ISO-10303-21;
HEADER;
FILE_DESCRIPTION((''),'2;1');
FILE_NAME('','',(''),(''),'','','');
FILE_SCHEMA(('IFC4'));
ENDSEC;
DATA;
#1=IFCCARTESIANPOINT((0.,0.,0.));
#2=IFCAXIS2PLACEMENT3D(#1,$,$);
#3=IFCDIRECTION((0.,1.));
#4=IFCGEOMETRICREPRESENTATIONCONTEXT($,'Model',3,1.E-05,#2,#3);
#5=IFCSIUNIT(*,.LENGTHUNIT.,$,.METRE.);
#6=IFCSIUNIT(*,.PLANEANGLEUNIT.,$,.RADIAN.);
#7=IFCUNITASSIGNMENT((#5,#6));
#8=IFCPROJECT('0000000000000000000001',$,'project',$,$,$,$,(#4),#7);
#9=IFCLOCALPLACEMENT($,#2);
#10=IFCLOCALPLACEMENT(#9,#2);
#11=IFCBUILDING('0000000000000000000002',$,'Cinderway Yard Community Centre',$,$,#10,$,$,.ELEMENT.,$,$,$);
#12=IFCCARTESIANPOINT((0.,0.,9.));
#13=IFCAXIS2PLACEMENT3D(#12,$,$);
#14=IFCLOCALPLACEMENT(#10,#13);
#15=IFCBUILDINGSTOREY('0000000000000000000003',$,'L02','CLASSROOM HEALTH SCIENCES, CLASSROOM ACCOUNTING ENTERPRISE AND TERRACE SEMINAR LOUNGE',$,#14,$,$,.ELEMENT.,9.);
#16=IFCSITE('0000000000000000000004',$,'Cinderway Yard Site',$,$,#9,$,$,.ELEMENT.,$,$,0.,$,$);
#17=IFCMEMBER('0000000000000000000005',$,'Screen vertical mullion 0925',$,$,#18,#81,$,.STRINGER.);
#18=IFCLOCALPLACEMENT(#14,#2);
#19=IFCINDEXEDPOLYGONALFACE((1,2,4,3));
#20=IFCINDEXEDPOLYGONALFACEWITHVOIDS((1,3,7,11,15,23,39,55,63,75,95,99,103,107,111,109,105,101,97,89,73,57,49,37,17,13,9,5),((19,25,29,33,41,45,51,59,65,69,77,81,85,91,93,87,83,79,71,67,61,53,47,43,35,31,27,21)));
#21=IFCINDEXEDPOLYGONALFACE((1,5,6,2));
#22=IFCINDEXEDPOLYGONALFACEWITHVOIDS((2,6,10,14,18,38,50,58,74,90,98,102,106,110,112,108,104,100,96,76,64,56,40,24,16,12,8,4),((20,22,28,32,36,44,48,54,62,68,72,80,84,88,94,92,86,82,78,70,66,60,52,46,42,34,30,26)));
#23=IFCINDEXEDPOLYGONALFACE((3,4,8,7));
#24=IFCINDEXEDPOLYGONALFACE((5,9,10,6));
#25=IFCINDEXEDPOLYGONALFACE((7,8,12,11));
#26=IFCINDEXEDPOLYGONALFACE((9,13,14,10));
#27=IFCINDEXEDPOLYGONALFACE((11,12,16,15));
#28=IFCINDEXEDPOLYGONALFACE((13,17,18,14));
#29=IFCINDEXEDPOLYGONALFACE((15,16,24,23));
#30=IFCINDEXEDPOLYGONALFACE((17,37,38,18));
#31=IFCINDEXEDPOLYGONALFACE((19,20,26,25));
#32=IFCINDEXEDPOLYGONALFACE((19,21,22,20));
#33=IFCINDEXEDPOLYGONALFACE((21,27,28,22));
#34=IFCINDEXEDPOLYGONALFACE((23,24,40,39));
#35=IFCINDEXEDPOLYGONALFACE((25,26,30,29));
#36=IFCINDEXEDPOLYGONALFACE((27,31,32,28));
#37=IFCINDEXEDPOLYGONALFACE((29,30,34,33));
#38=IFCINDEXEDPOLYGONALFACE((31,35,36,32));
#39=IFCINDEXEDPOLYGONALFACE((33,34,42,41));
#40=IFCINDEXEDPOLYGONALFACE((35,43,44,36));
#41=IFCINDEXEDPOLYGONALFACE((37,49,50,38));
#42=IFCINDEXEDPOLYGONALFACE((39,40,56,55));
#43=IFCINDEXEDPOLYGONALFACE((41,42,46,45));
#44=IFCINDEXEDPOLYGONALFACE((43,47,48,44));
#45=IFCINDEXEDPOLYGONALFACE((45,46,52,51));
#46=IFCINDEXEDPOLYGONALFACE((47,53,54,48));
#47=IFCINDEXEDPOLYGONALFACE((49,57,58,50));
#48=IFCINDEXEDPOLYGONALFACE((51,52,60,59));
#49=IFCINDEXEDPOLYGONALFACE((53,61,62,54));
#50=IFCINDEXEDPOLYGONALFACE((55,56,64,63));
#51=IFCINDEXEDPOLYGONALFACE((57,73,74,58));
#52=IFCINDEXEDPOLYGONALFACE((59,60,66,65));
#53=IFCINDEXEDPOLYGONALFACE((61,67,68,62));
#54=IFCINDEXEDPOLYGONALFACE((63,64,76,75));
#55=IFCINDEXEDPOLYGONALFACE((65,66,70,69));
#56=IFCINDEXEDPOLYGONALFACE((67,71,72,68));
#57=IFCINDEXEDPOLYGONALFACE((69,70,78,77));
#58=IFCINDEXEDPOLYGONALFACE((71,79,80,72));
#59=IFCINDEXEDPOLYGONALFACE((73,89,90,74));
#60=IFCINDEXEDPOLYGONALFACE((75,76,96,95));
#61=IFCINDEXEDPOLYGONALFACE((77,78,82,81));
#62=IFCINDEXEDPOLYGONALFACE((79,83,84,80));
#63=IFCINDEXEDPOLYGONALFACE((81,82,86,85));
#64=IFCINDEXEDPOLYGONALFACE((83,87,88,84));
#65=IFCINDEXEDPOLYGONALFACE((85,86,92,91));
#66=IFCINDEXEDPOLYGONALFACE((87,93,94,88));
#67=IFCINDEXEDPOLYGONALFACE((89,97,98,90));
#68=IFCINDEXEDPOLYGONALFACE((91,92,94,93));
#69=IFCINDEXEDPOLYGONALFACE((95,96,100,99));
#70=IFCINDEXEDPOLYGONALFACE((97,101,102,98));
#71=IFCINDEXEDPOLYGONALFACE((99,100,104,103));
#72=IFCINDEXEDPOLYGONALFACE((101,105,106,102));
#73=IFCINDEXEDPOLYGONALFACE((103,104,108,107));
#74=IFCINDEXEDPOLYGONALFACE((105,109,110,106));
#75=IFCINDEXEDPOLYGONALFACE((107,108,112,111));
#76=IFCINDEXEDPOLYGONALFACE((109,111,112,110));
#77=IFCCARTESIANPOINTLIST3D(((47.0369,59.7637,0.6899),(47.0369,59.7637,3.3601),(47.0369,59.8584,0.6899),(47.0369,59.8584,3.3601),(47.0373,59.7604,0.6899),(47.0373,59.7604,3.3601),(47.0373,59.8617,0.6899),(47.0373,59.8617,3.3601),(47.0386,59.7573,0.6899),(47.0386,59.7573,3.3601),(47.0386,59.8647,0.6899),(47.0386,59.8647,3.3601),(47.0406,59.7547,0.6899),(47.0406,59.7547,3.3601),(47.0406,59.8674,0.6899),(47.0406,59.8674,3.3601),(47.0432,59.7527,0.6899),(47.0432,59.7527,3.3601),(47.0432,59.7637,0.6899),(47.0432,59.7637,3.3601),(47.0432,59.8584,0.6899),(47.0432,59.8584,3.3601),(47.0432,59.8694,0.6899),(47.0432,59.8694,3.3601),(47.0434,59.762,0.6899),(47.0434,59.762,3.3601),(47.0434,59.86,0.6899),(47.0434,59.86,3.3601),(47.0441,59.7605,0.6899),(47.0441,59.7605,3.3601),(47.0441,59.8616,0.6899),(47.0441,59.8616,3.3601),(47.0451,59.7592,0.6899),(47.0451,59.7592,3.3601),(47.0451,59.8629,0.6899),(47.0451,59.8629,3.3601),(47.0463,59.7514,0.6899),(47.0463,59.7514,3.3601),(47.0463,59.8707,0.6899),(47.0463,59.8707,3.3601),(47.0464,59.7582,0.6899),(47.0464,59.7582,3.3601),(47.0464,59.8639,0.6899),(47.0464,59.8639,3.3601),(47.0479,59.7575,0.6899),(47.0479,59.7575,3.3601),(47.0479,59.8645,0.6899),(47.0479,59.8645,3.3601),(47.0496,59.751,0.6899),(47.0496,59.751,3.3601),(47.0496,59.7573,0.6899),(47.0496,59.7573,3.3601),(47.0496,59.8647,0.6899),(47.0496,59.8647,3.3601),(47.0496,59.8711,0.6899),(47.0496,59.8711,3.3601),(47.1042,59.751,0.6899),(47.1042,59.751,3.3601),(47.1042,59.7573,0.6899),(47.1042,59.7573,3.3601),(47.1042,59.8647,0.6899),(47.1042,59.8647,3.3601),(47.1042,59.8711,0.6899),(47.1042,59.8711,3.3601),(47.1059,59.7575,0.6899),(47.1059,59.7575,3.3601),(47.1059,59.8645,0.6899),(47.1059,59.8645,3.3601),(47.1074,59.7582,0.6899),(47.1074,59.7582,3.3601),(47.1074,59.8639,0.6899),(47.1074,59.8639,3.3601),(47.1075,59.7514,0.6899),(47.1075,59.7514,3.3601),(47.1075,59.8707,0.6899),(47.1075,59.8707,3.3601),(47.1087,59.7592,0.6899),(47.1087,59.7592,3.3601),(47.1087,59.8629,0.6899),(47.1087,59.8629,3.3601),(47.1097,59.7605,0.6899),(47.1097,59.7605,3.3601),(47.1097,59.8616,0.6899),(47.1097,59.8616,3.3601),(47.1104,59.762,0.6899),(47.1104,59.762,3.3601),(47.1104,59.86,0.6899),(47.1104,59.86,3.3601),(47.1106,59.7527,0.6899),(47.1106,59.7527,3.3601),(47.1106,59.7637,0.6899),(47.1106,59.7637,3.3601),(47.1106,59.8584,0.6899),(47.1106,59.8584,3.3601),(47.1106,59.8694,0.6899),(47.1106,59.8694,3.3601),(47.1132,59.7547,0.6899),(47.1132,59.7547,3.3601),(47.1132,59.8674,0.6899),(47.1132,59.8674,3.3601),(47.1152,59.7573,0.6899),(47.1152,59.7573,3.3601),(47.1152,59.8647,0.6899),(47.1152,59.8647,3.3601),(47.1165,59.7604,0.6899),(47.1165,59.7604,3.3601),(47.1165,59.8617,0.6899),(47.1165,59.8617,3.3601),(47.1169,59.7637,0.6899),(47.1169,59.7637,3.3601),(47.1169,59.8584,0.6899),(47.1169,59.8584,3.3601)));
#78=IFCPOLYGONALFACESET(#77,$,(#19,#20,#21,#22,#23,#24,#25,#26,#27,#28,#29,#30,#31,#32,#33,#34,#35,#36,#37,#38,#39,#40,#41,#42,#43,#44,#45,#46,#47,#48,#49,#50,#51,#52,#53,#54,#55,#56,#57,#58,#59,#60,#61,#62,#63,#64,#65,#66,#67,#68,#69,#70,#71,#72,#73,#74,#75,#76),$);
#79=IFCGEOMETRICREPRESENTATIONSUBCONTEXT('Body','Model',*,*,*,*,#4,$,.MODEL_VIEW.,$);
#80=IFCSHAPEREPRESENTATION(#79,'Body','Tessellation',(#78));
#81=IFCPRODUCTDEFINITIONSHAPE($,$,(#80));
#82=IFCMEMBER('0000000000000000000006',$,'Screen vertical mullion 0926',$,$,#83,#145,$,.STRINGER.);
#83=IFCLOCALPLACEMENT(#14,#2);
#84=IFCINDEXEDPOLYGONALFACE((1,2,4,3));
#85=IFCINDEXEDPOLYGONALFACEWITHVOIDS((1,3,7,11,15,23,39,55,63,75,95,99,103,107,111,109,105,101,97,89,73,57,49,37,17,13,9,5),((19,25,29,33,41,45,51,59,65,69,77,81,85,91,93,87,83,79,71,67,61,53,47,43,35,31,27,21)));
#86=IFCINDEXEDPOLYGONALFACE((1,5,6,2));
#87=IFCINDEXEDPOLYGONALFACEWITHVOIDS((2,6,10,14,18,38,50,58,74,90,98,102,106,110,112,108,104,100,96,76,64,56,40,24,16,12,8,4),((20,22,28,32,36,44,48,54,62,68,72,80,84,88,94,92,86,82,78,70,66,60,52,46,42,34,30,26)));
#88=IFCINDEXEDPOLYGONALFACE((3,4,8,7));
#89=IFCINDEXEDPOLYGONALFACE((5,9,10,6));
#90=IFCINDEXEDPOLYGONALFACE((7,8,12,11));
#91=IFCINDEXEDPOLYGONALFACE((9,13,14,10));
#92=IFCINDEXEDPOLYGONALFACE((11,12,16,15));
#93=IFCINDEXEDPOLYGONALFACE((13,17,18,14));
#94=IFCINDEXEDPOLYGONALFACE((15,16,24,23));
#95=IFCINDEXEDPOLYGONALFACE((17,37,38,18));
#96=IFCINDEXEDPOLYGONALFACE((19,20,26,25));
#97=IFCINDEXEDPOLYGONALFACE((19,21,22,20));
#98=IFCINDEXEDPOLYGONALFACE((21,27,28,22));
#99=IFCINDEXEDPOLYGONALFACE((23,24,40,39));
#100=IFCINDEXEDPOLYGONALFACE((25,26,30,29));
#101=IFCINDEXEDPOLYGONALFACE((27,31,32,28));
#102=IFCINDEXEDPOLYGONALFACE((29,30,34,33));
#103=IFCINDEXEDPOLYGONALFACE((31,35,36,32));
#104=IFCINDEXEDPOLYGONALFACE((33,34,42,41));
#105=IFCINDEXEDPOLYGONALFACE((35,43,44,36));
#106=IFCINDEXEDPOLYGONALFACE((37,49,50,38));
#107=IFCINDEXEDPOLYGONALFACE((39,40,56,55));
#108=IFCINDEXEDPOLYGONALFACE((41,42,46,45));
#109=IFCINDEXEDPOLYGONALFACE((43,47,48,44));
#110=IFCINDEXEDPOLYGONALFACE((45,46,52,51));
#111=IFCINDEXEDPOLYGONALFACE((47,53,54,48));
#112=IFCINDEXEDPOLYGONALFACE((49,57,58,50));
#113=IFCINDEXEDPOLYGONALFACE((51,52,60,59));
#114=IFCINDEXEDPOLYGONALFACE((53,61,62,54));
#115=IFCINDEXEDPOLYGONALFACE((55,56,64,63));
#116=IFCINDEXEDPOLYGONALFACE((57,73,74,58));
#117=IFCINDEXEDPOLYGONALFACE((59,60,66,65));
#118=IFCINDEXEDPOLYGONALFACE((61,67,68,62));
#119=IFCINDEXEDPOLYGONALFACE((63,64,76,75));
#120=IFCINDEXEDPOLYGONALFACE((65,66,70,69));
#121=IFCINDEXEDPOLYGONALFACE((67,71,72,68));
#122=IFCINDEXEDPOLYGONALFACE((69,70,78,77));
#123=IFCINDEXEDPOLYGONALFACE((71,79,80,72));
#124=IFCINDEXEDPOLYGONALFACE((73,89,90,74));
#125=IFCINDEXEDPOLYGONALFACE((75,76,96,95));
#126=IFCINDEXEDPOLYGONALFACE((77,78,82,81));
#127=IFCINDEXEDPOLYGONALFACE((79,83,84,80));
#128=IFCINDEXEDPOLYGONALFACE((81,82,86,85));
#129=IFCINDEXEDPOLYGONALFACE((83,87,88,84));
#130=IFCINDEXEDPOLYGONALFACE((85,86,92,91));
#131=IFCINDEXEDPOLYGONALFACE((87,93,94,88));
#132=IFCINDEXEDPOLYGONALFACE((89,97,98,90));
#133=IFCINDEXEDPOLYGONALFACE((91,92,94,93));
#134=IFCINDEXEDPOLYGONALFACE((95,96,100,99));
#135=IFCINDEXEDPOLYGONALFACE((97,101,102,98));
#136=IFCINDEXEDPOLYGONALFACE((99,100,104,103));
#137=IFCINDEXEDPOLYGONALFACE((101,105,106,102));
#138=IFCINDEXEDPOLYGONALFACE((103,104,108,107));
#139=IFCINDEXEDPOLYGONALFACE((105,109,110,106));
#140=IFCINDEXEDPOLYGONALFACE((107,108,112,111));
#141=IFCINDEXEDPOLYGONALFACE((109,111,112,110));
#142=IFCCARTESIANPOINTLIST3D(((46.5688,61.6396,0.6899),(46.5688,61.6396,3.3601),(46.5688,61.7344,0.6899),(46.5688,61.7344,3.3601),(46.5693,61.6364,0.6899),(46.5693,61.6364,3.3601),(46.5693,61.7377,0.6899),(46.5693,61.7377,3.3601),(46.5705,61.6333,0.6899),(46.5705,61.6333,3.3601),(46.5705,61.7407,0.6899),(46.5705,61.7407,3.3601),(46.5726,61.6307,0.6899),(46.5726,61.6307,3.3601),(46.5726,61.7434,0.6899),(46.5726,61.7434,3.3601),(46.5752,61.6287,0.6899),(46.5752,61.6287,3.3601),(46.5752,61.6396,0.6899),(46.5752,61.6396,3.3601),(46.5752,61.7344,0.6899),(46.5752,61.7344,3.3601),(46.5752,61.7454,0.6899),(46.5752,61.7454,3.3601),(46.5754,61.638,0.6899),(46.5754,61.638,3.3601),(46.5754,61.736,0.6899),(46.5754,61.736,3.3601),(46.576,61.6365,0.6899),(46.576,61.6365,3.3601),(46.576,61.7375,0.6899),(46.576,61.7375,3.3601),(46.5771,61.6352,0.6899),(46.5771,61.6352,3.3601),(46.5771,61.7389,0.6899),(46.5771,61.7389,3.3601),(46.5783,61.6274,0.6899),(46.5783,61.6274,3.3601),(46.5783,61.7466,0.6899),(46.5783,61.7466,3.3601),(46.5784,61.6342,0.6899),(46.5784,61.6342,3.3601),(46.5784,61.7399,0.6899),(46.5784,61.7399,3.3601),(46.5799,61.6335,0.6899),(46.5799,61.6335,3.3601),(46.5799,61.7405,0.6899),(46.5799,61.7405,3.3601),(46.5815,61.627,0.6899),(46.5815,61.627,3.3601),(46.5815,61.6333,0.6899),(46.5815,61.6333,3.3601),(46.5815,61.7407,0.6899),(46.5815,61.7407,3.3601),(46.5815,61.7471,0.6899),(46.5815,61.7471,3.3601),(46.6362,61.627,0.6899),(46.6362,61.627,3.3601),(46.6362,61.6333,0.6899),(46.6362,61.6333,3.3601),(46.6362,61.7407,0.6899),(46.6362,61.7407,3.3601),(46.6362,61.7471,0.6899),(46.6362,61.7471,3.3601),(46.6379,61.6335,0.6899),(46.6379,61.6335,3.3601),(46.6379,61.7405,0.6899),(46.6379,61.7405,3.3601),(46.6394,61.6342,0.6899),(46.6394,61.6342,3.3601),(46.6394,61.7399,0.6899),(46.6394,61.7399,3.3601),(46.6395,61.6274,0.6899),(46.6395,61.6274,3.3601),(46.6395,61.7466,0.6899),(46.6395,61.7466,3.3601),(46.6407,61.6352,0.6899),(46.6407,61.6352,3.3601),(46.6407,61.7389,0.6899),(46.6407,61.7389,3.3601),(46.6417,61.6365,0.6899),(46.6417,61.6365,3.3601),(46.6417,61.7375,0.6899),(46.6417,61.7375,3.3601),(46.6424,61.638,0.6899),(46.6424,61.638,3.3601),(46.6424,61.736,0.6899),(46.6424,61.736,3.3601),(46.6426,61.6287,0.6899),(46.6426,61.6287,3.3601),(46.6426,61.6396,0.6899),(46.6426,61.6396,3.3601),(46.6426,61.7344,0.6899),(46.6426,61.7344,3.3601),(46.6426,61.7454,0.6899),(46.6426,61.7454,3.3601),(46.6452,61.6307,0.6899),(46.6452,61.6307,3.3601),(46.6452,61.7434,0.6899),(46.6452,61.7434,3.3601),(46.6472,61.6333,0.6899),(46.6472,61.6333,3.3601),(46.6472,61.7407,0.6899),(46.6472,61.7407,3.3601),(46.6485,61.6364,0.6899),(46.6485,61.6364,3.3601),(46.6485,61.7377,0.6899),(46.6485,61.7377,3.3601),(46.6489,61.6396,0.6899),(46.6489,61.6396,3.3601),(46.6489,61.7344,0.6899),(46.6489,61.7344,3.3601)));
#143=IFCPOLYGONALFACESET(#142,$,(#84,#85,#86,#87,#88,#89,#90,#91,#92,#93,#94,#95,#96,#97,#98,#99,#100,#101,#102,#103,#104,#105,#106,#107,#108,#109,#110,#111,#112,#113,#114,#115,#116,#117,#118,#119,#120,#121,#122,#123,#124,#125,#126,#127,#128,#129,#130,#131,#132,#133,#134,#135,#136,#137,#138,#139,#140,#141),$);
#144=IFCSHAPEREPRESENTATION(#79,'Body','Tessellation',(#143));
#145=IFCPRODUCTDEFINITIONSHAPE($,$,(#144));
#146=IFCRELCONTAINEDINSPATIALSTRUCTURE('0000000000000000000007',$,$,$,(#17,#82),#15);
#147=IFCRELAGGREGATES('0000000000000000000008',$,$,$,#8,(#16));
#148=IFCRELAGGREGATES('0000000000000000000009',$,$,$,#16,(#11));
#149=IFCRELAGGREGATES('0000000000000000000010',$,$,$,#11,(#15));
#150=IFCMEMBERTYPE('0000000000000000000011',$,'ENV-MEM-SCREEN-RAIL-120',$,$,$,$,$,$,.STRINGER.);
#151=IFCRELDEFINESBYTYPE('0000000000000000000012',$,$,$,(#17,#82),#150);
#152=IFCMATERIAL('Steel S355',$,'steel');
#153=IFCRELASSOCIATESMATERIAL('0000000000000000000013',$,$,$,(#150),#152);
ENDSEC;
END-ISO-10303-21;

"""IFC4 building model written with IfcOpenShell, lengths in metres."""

from ifc_helpers import new_model, si_unit, direction, frame, origin, origin_2d, place, context, subcontext, project, spatial, hollow_rectangle, extrude, material, material_profile, profile_set, type_object, element, save


model = new_model("IFC4")

# Units and contexts
model_context = context("Model", 3, precision=1e-05, world=origin(), true_north=direction((0.0, 1.0)))
body_context = subcontext(model_context, "Body", "Model", "MODEL_VIEW")
ifc_project = project(units=[si_unit("LENGTHUNIT", "METRE"), si_unit("PLANEANGLEUNIT", "RADIAN")], contexts=[model_context])

# Site, building, storey
site_placement = place(None, origin())
site = spatial("IfcSite", under=ifc_project, at=site_placement, Name="Cinderway Yard Site", CompositionType="ELEMENT", RefElevation=0.0)
building_placement = place(site_placement, origin())
building = spatial("IfcBuilding", under=site, at=building_placement, Name="Cinderway Yard Community Centre", CompositionType="ELEMENT")
storey_placement = place(building_placement, frame((0.0, 0.0, 9.0)))
storey = spatial("IfcBuildingStorey", under=building, at=storey_placement, Name="L02", Description="CLASSROOM HEALTH SCIENCES, CLASSROOM ACCOUNTING ENTERPRISE AND TERRACE SEMINAR LOUNGE", CompositionType="ELEMENT", Elevation=9.0)

# Members
ifc_material_1 = material(Name="Steel S355", Category="steel")
ifc_material_profile_1 = material_profile(ifc_material_1, hollow_rectangle(XDim=0.0801, YDim=0.1201, WallThickness=0.0063, InnerFilletRadius=0.0063, OuterFilletRadius=0.0127, at=origin_2d()), Name="Steel S355")
ifc_profile_set_1 = profile_set([ifc_material_profile_1], Name="Steel S355")
member_type_1 = type_object("IfcMemberType", Name="ENV-MEM-SCREEN-RAIL-120", PredefinedType="STRINGER", material=ifc_profile_set_1)
for number, where, z_axis, x_axis, name in (
    (1, (47.0769, 59.811, 0.6899), (0.0, 0.0, 1.0), (1.0, 0.0, 0.0), "Screen vertical mullion 0925"),
    (2, (46.6089, 61.687, 0.6899), (0.0, 0.0, 1.0), (1.0, 0.0, 0.0), "Screen vertical mullion 0926"),
):
    element("IfcMember", number, at=place(storey_placement, frame(where, z_axis=z_axis, x_axis=x_axis)), inside=storey, type_object=member_type_1, Name=name, PredefinedType="STRINGER", context=body_context, shape_type="SweptSolid", body=[
        extrude(hollow_rectangle(XDim=0.0801, YDim=0.1201, WallThickness=0.0063, InnerFilletRadius=0.0063, OuterFilletRadius=0.0127, at=origin_2d()), origin(), (0.0, 0.0, 1.0), 2.6702),
    ])

save(model, "model.ifc")
